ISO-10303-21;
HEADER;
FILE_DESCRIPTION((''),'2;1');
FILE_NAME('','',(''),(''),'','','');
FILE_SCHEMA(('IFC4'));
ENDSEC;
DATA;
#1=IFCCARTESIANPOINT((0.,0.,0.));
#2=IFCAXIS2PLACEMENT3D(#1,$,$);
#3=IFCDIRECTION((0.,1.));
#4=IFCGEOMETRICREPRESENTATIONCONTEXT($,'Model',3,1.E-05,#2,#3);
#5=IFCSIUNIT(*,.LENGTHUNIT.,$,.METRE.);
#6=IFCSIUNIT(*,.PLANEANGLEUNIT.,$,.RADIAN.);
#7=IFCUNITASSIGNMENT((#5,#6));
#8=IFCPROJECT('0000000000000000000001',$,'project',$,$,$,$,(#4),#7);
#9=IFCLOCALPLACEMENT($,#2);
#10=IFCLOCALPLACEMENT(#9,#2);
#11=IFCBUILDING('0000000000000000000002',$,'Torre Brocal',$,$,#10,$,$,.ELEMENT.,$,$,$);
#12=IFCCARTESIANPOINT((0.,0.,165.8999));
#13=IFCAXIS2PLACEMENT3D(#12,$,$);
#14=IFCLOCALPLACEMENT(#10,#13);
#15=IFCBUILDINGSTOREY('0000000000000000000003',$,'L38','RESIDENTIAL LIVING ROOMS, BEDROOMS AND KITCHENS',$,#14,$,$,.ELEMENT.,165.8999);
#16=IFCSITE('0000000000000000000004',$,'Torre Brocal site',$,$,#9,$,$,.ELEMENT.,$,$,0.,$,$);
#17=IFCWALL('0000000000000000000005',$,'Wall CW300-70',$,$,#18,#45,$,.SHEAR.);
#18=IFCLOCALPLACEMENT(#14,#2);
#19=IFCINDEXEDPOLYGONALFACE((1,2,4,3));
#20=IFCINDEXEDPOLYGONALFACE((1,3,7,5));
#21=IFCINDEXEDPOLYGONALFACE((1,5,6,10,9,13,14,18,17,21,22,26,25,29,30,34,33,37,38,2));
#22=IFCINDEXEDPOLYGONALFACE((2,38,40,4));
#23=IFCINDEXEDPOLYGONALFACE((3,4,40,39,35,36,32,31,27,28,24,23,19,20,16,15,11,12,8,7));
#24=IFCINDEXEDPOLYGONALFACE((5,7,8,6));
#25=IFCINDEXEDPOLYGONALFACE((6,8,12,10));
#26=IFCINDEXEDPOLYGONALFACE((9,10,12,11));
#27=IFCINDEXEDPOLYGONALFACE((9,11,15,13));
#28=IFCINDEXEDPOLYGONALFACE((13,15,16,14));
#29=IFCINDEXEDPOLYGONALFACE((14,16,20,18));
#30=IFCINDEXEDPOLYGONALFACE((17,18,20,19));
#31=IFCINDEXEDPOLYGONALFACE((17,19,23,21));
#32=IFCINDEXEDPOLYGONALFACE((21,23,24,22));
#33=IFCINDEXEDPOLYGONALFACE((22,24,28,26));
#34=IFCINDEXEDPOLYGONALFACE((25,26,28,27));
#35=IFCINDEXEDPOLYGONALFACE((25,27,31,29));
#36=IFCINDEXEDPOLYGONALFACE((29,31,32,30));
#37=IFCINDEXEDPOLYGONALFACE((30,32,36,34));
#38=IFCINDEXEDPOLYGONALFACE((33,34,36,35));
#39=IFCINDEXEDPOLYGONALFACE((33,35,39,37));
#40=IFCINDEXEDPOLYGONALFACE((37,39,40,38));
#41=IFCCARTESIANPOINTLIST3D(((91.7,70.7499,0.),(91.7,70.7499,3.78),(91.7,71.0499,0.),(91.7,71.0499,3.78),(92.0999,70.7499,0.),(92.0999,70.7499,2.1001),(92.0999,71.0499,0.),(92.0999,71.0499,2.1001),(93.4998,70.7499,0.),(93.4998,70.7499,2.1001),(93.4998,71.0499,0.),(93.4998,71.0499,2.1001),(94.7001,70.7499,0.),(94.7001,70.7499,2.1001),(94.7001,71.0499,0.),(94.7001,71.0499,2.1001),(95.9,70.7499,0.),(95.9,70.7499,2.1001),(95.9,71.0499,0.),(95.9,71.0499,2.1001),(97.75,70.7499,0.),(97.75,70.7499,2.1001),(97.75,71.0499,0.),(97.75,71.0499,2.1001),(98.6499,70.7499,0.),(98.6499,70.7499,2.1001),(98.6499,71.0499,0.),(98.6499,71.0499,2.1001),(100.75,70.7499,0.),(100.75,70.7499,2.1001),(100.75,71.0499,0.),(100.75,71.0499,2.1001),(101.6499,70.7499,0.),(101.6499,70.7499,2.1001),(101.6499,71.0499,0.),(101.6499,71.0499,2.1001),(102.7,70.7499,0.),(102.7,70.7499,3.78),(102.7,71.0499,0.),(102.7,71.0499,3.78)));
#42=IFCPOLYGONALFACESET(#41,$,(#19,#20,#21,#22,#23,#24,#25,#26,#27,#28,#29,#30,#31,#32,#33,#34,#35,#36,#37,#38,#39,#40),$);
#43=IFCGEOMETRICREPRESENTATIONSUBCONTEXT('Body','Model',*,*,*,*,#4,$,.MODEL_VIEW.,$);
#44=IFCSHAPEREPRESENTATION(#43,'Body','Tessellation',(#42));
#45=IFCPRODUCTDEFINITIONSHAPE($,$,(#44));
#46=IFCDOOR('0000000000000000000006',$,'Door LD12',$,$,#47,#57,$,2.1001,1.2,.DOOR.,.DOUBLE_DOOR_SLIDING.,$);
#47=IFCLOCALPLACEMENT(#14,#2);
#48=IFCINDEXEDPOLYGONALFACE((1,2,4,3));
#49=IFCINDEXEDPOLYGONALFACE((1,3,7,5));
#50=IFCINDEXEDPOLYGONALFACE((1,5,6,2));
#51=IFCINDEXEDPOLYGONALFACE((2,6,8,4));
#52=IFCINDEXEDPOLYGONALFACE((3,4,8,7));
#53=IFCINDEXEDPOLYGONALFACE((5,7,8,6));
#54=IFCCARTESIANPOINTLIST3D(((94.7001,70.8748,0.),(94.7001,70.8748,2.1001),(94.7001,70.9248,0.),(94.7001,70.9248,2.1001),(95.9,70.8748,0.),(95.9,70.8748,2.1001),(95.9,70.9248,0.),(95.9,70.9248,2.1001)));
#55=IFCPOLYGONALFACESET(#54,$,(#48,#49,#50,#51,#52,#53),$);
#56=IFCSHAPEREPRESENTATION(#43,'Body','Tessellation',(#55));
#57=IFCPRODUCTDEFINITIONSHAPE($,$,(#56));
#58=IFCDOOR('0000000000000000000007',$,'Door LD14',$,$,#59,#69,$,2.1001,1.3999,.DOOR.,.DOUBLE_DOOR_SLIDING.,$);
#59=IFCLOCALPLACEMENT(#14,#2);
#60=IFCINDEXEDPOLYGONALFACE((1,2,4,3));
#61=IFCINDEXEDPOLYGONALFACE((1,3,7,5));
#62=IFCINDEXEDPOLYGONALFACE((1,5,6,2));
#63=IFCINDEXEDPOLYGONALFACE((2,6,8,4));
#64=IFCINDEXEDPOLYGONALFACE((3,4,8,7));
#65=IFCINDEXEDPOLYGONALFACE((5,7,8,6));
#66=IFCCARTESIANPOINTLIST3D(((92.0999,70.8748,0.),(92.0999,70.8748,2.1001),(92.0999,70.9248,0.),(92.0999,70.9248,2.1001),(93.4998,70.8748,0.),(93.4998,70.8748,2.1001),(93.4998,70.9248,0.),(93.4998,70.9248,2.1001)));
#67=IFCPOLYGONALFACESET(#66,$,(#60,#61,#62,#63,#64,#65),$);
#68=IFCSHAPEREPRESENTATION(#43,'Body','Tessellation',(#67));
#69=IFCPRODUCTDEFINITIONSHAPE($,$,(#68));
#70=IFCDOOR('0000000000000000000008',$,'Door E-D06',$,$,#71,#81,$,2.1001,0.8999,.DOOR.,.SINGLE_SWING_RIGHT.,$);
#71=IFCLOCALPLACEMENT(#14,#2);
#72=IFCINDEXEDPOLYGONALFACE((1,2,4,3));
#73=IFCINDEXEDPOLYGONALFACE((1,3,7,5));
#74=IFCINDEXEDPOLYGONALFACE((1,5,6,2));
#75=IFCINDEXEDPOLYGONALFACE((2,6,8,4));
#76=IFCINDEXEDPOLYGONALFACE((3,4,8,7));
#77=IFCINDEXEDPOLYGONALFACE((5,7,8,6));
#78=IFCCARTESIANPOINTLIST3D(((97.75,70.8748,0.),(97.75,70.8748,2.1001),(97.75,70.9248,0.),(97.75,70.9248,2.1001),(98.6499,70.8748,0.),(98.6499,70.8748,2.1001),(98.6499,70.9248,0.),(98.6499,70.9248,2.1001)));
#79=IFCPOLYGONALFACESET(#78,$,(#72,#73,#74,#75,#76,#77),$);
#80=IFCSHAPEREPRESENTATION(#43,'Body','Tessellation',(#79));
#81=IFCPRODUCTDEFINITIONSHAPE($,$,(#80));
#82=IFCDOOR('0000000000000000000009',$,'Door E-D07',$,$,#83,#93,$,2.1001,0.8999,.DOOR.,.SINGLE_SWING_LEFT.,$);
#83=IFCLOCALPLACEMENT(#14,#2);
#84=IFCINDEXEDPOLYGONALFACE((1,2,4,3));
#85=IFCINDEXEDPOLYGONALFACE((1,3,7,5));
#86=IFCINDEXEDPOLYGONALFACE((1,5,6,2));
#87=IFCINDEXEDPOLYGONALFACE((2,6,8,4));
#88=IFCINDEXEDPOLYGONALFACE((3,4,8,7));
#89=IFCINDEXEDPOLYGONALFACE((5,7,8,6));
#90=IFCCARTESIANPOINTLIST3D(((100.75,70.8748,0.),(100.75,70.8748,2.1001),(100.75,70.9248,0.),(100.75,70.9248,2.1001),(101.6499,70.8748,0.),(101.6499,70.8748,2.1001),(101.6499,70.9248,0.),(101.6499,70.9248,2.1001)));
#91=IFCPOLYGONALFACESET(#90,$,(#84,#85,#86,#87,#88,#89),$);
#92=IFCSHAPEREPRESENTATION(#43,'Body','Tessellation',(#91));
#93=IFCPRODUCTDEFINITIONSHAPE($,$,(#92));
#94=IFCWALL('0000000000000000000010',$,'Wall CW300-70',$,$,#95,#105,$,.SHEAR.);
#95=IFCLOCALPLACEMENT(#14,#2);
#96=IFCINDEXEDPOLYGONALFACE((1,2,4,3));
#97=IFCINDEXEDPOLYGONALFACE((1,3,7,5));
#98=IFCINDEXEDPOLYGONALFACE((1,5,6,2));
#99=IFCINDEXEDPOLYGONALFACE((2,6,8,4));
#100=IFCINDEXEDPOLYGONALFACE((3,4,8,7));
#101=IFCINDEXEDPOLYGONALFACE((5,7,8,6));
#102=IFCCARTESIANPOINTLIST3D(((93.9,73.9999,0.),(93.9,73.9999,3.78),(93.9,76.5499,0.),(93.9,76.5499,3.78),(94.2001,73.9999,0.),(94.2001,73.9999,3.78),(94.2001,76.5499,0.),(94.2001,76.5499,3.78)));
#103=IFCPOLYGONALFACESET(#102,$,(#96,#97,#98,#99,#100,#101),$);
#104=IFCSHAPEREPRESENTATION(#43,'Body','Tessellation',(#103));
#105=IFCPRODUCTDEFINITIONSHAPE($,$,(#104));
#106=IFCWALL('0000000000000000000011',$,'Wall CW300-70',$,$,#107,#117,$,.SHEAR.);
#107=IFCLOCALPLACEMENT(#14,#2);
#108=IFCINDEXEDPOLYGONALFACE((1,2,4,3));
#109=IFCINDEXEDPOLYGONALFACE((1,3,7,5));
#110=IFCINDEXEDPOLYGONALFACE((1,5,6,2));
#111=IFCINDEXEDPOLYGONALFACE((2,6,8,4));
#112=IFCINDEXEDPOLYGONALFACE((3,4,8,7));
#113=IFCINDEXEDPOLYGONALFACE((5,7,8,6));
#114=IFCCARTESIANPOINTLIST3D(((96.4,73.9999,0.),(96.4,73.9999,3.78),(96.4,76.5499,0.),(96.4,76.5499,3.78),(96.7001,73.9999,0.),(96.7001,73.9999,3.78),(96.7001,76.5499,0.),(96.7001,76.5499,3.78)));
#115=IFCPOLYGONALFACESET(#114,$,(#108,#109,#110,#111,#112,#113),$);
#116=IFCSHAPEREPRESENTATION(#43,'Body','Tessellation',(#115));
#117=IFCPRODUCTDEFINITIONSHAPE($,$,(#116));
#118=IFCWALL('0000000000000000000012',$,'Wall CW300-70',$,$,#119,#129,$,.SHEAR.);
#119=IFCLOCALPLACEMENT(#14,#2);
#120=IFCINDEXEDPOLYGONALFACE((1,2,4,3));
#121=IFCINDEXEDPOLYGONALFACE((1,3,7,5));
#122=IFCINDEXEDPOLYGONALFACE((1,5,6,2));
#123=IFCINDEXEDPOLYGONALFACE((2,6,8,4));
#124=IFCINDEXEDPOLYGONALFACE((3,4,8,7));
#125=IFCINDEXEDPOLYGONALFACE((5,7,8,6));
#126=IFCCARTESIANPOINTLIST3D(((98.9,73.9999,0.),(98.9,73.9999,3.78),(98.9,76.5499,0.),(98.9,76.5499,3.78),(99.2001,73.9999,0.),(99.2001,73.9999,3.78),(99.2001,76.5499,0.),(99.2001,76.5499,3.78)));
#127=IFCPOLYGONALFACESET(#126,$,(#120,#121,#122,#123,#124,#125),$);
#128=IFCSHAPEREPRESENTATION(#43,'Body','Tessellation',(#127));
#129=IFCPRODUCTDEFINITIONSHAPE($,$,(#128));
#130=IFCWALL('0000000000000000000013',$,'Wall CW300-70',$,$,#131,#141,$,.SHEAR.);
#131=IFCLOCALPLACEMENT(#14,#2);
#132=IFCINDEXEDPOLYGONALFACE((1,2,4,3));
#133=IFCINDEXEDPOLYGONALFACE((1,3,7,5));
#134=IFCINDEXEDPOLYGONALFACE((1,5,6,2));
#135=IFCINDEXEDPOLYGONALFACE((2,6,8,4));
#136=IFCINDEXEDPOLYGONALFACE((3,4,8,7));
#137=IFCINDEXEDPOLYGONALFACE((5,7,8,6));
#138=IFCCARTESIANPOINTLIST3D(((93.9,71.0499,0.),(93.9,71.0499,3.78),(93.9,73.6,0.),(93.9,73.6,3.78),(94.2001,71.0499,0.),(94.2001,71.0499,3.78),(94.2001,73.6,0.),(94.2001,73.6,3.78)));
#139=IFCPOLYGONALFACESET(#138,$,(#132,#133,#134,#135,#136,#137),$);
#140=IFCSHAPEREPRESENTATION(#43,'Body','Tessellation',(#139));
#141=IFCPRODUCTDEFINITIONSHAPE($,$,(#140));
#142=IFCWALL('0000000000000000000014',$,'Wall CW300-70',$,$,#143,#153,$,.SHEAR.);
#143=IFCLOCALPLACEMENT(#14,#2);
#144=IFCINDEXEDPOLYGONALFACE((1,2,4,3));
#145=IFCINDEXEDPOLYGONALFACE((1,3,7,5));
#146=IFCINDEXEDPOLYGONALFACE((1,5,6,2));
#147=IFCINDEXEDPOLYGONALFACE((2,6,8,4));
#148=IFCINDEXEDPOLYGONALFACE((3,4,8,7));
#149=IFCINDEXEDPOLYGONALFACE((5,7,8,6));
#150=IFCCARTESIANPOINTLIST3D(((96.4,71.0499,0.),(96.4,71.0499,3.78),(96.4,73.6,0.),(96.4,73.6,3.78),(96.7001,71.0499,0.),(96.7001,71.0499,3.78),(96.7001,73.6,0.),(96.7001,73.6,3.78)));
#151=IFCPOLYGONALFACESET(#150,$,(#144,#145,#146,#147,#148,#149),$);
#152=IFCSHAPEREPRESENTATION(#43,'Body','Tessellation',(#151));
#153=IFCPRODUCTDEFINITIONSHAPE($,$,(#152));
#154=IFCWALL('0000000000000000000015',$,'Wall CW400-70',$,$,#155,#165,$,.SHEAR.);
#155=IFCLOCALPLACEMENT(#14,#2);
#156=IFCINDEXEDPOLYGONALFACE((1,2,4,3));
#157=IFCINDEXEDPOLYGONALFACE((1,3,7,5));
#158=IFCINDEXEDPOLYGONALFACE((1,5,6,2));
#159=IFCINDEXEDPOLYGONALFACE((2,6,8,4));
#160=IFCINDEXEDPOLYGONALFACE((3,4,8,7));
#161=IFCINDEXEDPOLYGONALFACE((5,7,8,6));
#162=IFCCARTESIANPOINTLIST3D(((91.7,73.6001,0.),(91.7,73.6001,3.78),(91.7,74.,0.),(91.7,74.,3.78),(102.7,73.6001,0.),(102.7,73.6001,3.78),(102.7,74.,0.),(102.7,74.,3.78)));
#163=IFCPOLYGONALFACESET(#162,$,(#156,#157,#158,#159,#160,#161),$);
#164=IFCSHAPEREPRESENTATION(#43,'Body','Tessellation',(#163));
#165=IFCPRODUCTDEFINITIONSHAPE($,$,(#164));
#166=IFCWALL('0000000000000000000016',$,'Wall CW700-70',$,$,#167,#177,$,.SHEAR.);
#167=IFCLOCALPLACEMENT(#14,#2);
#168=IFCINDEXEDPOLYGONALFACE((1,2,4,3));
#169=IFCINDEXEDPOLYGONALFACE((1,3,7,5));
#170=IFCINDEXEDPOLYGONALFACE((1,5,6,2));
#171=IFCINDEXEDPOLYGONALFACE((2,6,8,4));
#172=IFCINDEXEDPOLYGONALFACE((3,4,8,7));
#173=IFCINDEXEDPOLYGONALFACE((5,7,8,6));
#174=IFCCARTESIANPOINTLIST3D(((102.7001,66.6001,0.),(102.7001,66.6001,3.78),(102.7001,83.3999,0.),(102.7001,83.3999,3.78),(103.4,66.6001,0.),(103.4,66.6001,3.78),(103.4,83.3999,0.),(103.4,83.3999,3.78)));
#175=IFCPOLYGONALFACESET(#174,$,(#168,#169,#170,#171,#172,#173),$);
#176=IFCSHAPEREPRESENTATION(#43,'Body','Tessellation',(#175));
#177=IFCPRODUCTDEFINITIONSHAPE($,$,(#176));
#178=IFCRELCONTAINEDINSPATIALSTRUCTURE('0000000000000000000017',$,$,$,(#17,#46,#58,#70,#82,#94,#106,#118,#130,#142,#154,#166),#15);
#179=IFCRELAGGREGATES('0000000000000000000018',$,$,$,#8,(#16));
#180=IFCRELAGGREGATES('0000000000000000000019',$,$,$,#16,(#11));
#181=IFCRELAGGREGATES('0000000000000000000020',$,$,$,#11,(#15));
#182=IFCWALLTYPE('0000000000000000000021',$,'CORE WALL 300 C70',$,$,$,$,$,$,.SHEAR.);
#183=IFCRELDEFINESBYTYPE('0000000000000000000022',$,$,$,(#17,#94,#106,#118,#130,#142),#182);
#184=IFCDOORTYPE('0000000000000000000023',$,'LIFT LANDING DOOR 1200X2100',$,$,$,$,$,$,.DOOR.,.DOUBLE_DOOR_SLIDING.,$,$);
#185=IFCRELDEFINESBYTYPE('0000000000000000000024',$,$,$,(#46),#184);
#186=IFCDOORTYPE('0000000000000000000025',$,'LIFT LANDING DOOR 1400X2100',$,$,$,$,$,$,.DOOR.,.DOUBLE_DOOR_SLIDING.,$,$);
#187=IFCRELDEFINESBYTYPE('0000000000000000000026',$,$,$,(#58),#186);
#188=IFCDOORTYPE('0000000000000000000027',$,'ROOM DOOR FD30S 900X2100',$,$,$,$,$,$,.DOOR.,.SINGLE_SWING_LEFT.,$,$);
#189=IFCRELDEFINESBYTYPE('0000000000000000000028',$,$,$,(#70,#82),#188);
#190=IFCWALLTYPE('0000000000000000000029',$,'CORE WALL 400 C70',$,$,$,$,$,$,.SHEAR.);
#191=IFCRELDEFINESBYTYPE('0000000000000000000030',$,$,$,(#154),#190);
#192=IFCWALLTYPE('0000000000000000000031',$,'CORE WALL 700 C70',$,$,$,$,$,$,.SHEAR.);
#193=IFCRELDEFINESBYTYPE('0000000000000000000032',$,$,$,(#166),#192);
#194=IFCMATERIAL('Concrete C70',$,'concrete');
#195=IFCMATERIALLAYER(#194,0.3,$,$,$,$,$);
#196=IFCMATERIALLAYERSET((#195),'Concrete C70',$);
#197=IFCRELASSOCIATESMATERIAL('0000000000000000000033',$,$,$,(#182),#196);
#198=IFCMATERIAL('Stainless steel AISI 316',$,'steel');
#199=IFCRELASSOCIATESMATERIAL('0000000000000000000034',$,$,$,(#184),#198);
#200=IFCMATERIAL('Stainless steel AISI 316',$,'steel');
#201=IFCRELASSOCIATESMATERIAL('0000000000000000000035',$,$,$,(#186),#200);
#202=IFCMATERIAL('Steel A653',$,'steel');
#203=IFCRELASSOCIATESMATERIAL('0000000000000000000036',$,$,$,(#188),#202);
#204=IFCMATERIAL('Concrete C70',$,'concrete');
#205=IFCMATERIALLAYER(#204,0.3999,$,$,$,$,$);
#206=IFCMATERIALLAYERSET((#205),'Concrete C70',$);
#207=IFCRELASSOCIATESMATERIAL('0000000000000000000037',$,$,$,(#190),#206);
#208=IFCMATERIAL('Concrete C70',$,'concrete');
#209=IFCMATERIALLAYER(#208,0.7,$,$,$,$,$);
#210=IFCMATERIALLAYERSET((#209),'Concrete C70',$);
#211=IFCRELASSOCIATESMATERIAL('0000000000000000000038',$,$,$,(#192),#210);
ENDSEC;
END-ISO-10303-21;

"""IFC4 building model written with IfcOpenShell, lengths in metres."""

from ifc_helpers import new_model, si_unit, direction, frame, frame_2d, origin, place, context, subcontext, project, spatial, rectangle, extrude, material, layer, layer_set, type_object, element, fill, save


model = new_model("IFC4")

# Units and contexts
model_context = context("Model", 3, precision=1e-05, world=origin(), true_north=direction((0.0, 1.0)))
body_context = subcontext(model_context, "Body", "Model", "MODEL_VIEW")
ifc_project = project(units=[si_unit("LENGTHUNIT", "METRE"), si_unit("PLANEANGLEUNIT", "RADIAN")], contexts=[model_context])

# Site, building, storey
site_placement = place(None, origin())
site = spatial("IfcSite", under=ifc_project, at=site_placement, Name="Torre Brocal site", CompositionType="ELEMENT", RefElevation=0.0)
building_placement = place(site_placement, origin())
building = spatial("IfcBuilding", under=site, at=building_placement, Name="Torre Brocal", CompositionType="ELEMENT")
storey_placement = place(building_placement, frame((0.0, 0.0, 165.8999)))
storey = spatial("IfcBuildingStorey", under=building, at=storey_placement, Name="L38", Description="RESIDENTIAL LIVING ROOMS, BEDROOMS AND KITCHENS", CompositionType="ELEMENT", Elevation=165.8999)

# Shared definitions
ifc_material_1 = material(Name="Concrete C70", Category="concrete")
ifc_layer_1 = layer(ifc_material_1, 0.3)
ifc_layer_set_1 = layer_set([ifc_layer_1], Name="Concrete C70")
wall_type_1 = type_object("IfcWallType", Name="CORE WALL 300 C70", PredefinedType="SHEAR", material=ifc_layer_set_1)

# Wall, openings, doors
wall_1_placement = place(storey_placement, frame((91.7, 70.8999, 0.0), z_axis=(0.0, 0.0, 1.0), x_axis=(1.0, 0.0, 0.0)))
wall_1 = element("IfcWall", 1, at=wall_1_placement, inside=storey, type_object=wall_type_1, Name="Wall CW300-70", PredefinedType="SHEAR", context=body_context, shape_type="SweptSolid", body=[
    extrude(rectangle(XDim=11.0, YDim=0.3, at=frame_2d((5.5, 0.0))), origin(), (0.0, 0.0, 1.0), 3.78),
])
opening_1_placement = place(wall_1_placement, frame((0.3999, 0.0, 0.0)))
opening_1 = element("IfcOpeningElement", 2, at=opening_1_placement, cuts=wall_1, PredefinedType="OPENING", context=body_context, shape_type="SweptSolid", body=[
    extrude(rectangle(XDim=1.3999, YDim=2.1001, at=frame_2d((0.7, 1.05))), frame((0.0, 0.1599, 0.0), z_axis=(0.0, -1.0, 0.0), x_axis=(1.0, 0.0, 0.0)), (0.0, 0.0, 1.0), 0.3201),
])
opening_2_placement = place(wall_1_placement, frame((3.0, 0.0, 0.0)))
opening_2 = element("IfcOpeningElement", 3, at=opening_2_placement, cuts=wall_1, PredefinedType="OPENING", context=body_context, shape_type="SweptSolid", body=[
    extrude(rectangle(XDim=1.2, YDim=2.1001, at=frame_2d((0.6001, 1.05))), frame((0.0, 0.1599, 0.0), z_axis=(0.0, -1.0, 0.0), x_axis=(1.0, 0.0, 0.0)), (0.0, 0.0, 1.0), 0.3201),
])
opening_3_placement = place(wall_1_placement, frame((6.05, 0.0, 0.0)))
opening_3 = element("IfcOpeningElement", 4, at=opening_3_placement, cuts=wall_1, PredefinedType="OPENING", context=body_context, shape_type="SweptSolid", body=[
    extrude(rectangle(XDim=0.8999, YDim=2.1001, at=frame_2d((0.45, 1.05))), frame((0.0, 0.1599, 0.0), z_axis=(0.0, -1.0, 0.0), x_axis=(1.0, 0.0, 0.0)), (0.0, 0.0, 1.0), 0.3201),
])
opening_4_placement = place(wall_1_placement, frame((9.05, 0.0, 0.0)))
opening_4 = element("IfcOpeningElement", 5, at=opening_4_placement, cuts=wall_1, PredefinedType="OPENING", context=body_context, shape_type="SweptSolid", body=[
    extrude(rectangle(XDim=0.8999, YDim=2.1001, at=frame_2d((0.45, 1.05))), frame((0.0, 0.1599, 0.0), z_axis=(0.0, -1.0, 0.0), x_axis=(1.0, 0.0, 0.0)), (0.0, 0.0, 1.0), 0.3201),
])
ifc_material_2 = material(Name="Stainless steel AISI 316", Category="steel")
door_type_1 = type_object("IfcDoorType", Name="LIFT LANDING DOOR 1200X2100", OperationType="DOUBLE_DOOR_SLIDING", PredefinedType="DOOR", material=ifc_material_2)
door_1_placement = place(opening_2_placement, origin())
door_1 = element("IfcDoor", 6, at=door_1_placement, inside=storey, type_object=door_type_1, Name="Door LD12", OperationType="DOUBLE_DOOR_SLIDING", OverallHeight=2.1001, OverallWidth=1.2, PredefinedType="DOOR", context=body_context, shape_type="SweptSolid", body=[
    extrude(rectangle(XDim=1.2, YDim=2.1001, at=frame_2d((0.6001, 1.05))), frame((0.0, 0.0249, 0.0), z_axis=(0.0, -1.0, 0.0), x_axis=(1.0, 0.0, 0.0)), (0.0, 0.0, 1.0), 0.05),
])
fill(opening_2, door_1)
ifc_material_3 = material(Name="Stainless steel AISI 316", Category="steel")
door_type_2 = type_object("IfcDoorType", Name="LIFT LANDING DOOR 1400X2100", OperationType="DOUBLE_DOOR_SLIDING", PredefinedType="DOOR", material=ifc_material_3)
door_2_placement = place(opening_1_placement, origin())
door_2 = element("IfcDoor", 7, at=door_2_placement, inside=storey, type_object=door_type_2, Name="Door LD14", OperationType="DOUBLE_DOOR_SLIDING", OverallHeight=2.1001, OverallWidth=1.3999, PredefinedType="DOOR", context=body_context, shape_type="SweptSolid", body=[
    extrude(rectangle(XDim=1.3999, YDim=2.1001, at=frame_2d((0.7, 1.05))), frame((0.0, 0.0249, 0.0), z_axis=(0.0, -1.0, 0.0), x_axis=(1.0, 0.0, 0.0)), (0.0, 0.0, 1.0), 0.05),
])
fill(opening_1, door_2)
ifc_material_4 = material(Name="Steel A653", Category="steel")
door_type_3 = type_object("IfcDoorType", Name="ROOM DOOR FD30S 900X2100", OperationType="SINGLE_SWING_LEFT", PredefinedType="DOOR", material=ifc_material_4)
door_3_placement = place(opening_3_placement, origin())
door_3 = element("IfcDoor", 8, at=door_3_placement, inside=storey, type_object=door_type_3, Name="Door E-D06", OperationType="SINGLE_SWING_RIGHT", OverallHeight=2.1001, OverallWidth=0.8999, PredefinedType="DOOR", context=body_context, shape_type="SweptSolid", body=[
    extrude(rectangle(XDim=0.8999, YDim=2.1001, at=frame_2d((0.45, 1.05))), frame((0.0, 0.0249, 0.0), z_axis=(0.0, -1.0, 0.0), x_axis=(1.0, 0.0, 0.0)), (0.0, 0.0, 1.0), 0.05),
])
fill(opening_3, door_3)
door_4_placement = place(opening_4_placement, origin())
door_4 = element("IfcDoor", 9, at=door_4_placement, inside=storey, type_object=door_type_3, Name="Door E-D07", OperationType="SINGLE_SWING_LEFT", OverallHeight=2.1001, OverallWidth=0.8999, PredefinedType="DOOR", context=body_context, shape_type="SweptSolid", body=[
    extrude(rectangle(XDim=0.8999, YDim=2.1001, at=frame_2d((0.45, 1.05))), frame((0.0, 0.0249, 0.0), z_axis=(0.0, -1.0, 0.0), x_axis=(1.0, 0.0, 0.0)), (0.0, 0.0, 1.0), 0.05),
])
fill(opening_4, door_4)

# Walls
for number, where, z_axis, x_axis, name in (
    (10, (94.05, 74.0, 0.0), (0.0, 0.0, 1.0), (0.0, 1.0, 0.0), "Wall CW300-70"),
    (11, (96.55, 74.0, 0.0), (0.0, 0.0, 1.0), (0.0, 1.0, 0.0), "Wall CW300-70"),
    (12, (99.05, 74.0, 0.0), (0.0, 0.0, 1.0), (0.0, 1.0, 0.0), "Wall CW300-70"),
    (13, (94.05, 71.05, 0.0), (0.0, 0.0, 1.0), (0.0, 1.0, 0.0), "Wall CW300-70"),
    (14, (96.55, 71.05, 0.0), (0.0, 0.0, 1.0), (0.0, 1.0, 0.0), "Wall CW300-70"),
):
    element("IfcWall", number, at=place(storey_placement, frame(where, z_axis=z_axis, x_axis=x_axis)), inside=storey, type_object=wall_type_1, Name=name, PredefinedType="SHEAR", context=body_context, shape_type="SweptSolid", body=[
        extrude(rectangle(XDim=2.55, YDim=0.3, at=frame_2d((1.2749, 0.0))), origin(), (0.0, 0.0, 1.0), 3.78),
    ])
ifc_material_5 = material(Name="Concrete C70", Category="concrete")
ifc_layer_2 = layer(ifc_material_5, 0.3999)
ifc_layer_set_2 = layer_set([ifc_layer_2], Name="Concrete C70")
wall_type_2 = type_object("IfcWallType", Name="CORE WALL 400 C70", PredefinedType="SHEAR", material=ifc_layer_set_2)
wall_2_placement = place(storey_placement, frame((91.7, 73.8, 0.0), z_axis=(0.0, 0.0, 1.0), x_axis=(1.0, 0.0, 0.0)))
element("IfcWall", 15, at=wall_2_placement, inside=storey, type_object=wall_type_2, Name="Wall CW400-70", PredefinedType="SHEAR", context=body_context, shape_type="SweptSolid", body=[
    extrude(rectangle(XDim=11.0, YDim=0.3999, at=frame_2d((5.5, 0.0))), origin(), (0.0, 0.0, 1.0), 3.78),
])
ifc_material_6 = material(Name="Concrete C70", Category="concrete")
ifc_layer_3 = layer(ifc_material_6, 0.7)
ifc_layer_set_3 = layer_set([ifc_layer_3], Name="Concrete C70")
wall_type_3 = type_object("IfcWallType", Name="CORE WALL 700 C70", PredefinedType="SHEAR", material=ifc_layer_set_3)
wall_3_placement = place(storey_placement, frame((103.05, 66.6001, 0.0), z_axis=(0.0, 0.0, 1.0), x_axis=(0.0, 1.0, 0.0)))
element("IfcWall", 16, at=wall_3_placement, inside=storey, type_object=wall_type_3, Name="Wall CW700-70", PredefinedType="SHEAR", context=body_context, shape_type="SweptSolid", body=[
    extrude(rectangle(XDim=16.7998, YDim=0.7, at=frame_2d((8.3999, 0.0))), origin(), (0.0, 0.0, 1.0), 3.78),
])

save(model, "model.ifc")
